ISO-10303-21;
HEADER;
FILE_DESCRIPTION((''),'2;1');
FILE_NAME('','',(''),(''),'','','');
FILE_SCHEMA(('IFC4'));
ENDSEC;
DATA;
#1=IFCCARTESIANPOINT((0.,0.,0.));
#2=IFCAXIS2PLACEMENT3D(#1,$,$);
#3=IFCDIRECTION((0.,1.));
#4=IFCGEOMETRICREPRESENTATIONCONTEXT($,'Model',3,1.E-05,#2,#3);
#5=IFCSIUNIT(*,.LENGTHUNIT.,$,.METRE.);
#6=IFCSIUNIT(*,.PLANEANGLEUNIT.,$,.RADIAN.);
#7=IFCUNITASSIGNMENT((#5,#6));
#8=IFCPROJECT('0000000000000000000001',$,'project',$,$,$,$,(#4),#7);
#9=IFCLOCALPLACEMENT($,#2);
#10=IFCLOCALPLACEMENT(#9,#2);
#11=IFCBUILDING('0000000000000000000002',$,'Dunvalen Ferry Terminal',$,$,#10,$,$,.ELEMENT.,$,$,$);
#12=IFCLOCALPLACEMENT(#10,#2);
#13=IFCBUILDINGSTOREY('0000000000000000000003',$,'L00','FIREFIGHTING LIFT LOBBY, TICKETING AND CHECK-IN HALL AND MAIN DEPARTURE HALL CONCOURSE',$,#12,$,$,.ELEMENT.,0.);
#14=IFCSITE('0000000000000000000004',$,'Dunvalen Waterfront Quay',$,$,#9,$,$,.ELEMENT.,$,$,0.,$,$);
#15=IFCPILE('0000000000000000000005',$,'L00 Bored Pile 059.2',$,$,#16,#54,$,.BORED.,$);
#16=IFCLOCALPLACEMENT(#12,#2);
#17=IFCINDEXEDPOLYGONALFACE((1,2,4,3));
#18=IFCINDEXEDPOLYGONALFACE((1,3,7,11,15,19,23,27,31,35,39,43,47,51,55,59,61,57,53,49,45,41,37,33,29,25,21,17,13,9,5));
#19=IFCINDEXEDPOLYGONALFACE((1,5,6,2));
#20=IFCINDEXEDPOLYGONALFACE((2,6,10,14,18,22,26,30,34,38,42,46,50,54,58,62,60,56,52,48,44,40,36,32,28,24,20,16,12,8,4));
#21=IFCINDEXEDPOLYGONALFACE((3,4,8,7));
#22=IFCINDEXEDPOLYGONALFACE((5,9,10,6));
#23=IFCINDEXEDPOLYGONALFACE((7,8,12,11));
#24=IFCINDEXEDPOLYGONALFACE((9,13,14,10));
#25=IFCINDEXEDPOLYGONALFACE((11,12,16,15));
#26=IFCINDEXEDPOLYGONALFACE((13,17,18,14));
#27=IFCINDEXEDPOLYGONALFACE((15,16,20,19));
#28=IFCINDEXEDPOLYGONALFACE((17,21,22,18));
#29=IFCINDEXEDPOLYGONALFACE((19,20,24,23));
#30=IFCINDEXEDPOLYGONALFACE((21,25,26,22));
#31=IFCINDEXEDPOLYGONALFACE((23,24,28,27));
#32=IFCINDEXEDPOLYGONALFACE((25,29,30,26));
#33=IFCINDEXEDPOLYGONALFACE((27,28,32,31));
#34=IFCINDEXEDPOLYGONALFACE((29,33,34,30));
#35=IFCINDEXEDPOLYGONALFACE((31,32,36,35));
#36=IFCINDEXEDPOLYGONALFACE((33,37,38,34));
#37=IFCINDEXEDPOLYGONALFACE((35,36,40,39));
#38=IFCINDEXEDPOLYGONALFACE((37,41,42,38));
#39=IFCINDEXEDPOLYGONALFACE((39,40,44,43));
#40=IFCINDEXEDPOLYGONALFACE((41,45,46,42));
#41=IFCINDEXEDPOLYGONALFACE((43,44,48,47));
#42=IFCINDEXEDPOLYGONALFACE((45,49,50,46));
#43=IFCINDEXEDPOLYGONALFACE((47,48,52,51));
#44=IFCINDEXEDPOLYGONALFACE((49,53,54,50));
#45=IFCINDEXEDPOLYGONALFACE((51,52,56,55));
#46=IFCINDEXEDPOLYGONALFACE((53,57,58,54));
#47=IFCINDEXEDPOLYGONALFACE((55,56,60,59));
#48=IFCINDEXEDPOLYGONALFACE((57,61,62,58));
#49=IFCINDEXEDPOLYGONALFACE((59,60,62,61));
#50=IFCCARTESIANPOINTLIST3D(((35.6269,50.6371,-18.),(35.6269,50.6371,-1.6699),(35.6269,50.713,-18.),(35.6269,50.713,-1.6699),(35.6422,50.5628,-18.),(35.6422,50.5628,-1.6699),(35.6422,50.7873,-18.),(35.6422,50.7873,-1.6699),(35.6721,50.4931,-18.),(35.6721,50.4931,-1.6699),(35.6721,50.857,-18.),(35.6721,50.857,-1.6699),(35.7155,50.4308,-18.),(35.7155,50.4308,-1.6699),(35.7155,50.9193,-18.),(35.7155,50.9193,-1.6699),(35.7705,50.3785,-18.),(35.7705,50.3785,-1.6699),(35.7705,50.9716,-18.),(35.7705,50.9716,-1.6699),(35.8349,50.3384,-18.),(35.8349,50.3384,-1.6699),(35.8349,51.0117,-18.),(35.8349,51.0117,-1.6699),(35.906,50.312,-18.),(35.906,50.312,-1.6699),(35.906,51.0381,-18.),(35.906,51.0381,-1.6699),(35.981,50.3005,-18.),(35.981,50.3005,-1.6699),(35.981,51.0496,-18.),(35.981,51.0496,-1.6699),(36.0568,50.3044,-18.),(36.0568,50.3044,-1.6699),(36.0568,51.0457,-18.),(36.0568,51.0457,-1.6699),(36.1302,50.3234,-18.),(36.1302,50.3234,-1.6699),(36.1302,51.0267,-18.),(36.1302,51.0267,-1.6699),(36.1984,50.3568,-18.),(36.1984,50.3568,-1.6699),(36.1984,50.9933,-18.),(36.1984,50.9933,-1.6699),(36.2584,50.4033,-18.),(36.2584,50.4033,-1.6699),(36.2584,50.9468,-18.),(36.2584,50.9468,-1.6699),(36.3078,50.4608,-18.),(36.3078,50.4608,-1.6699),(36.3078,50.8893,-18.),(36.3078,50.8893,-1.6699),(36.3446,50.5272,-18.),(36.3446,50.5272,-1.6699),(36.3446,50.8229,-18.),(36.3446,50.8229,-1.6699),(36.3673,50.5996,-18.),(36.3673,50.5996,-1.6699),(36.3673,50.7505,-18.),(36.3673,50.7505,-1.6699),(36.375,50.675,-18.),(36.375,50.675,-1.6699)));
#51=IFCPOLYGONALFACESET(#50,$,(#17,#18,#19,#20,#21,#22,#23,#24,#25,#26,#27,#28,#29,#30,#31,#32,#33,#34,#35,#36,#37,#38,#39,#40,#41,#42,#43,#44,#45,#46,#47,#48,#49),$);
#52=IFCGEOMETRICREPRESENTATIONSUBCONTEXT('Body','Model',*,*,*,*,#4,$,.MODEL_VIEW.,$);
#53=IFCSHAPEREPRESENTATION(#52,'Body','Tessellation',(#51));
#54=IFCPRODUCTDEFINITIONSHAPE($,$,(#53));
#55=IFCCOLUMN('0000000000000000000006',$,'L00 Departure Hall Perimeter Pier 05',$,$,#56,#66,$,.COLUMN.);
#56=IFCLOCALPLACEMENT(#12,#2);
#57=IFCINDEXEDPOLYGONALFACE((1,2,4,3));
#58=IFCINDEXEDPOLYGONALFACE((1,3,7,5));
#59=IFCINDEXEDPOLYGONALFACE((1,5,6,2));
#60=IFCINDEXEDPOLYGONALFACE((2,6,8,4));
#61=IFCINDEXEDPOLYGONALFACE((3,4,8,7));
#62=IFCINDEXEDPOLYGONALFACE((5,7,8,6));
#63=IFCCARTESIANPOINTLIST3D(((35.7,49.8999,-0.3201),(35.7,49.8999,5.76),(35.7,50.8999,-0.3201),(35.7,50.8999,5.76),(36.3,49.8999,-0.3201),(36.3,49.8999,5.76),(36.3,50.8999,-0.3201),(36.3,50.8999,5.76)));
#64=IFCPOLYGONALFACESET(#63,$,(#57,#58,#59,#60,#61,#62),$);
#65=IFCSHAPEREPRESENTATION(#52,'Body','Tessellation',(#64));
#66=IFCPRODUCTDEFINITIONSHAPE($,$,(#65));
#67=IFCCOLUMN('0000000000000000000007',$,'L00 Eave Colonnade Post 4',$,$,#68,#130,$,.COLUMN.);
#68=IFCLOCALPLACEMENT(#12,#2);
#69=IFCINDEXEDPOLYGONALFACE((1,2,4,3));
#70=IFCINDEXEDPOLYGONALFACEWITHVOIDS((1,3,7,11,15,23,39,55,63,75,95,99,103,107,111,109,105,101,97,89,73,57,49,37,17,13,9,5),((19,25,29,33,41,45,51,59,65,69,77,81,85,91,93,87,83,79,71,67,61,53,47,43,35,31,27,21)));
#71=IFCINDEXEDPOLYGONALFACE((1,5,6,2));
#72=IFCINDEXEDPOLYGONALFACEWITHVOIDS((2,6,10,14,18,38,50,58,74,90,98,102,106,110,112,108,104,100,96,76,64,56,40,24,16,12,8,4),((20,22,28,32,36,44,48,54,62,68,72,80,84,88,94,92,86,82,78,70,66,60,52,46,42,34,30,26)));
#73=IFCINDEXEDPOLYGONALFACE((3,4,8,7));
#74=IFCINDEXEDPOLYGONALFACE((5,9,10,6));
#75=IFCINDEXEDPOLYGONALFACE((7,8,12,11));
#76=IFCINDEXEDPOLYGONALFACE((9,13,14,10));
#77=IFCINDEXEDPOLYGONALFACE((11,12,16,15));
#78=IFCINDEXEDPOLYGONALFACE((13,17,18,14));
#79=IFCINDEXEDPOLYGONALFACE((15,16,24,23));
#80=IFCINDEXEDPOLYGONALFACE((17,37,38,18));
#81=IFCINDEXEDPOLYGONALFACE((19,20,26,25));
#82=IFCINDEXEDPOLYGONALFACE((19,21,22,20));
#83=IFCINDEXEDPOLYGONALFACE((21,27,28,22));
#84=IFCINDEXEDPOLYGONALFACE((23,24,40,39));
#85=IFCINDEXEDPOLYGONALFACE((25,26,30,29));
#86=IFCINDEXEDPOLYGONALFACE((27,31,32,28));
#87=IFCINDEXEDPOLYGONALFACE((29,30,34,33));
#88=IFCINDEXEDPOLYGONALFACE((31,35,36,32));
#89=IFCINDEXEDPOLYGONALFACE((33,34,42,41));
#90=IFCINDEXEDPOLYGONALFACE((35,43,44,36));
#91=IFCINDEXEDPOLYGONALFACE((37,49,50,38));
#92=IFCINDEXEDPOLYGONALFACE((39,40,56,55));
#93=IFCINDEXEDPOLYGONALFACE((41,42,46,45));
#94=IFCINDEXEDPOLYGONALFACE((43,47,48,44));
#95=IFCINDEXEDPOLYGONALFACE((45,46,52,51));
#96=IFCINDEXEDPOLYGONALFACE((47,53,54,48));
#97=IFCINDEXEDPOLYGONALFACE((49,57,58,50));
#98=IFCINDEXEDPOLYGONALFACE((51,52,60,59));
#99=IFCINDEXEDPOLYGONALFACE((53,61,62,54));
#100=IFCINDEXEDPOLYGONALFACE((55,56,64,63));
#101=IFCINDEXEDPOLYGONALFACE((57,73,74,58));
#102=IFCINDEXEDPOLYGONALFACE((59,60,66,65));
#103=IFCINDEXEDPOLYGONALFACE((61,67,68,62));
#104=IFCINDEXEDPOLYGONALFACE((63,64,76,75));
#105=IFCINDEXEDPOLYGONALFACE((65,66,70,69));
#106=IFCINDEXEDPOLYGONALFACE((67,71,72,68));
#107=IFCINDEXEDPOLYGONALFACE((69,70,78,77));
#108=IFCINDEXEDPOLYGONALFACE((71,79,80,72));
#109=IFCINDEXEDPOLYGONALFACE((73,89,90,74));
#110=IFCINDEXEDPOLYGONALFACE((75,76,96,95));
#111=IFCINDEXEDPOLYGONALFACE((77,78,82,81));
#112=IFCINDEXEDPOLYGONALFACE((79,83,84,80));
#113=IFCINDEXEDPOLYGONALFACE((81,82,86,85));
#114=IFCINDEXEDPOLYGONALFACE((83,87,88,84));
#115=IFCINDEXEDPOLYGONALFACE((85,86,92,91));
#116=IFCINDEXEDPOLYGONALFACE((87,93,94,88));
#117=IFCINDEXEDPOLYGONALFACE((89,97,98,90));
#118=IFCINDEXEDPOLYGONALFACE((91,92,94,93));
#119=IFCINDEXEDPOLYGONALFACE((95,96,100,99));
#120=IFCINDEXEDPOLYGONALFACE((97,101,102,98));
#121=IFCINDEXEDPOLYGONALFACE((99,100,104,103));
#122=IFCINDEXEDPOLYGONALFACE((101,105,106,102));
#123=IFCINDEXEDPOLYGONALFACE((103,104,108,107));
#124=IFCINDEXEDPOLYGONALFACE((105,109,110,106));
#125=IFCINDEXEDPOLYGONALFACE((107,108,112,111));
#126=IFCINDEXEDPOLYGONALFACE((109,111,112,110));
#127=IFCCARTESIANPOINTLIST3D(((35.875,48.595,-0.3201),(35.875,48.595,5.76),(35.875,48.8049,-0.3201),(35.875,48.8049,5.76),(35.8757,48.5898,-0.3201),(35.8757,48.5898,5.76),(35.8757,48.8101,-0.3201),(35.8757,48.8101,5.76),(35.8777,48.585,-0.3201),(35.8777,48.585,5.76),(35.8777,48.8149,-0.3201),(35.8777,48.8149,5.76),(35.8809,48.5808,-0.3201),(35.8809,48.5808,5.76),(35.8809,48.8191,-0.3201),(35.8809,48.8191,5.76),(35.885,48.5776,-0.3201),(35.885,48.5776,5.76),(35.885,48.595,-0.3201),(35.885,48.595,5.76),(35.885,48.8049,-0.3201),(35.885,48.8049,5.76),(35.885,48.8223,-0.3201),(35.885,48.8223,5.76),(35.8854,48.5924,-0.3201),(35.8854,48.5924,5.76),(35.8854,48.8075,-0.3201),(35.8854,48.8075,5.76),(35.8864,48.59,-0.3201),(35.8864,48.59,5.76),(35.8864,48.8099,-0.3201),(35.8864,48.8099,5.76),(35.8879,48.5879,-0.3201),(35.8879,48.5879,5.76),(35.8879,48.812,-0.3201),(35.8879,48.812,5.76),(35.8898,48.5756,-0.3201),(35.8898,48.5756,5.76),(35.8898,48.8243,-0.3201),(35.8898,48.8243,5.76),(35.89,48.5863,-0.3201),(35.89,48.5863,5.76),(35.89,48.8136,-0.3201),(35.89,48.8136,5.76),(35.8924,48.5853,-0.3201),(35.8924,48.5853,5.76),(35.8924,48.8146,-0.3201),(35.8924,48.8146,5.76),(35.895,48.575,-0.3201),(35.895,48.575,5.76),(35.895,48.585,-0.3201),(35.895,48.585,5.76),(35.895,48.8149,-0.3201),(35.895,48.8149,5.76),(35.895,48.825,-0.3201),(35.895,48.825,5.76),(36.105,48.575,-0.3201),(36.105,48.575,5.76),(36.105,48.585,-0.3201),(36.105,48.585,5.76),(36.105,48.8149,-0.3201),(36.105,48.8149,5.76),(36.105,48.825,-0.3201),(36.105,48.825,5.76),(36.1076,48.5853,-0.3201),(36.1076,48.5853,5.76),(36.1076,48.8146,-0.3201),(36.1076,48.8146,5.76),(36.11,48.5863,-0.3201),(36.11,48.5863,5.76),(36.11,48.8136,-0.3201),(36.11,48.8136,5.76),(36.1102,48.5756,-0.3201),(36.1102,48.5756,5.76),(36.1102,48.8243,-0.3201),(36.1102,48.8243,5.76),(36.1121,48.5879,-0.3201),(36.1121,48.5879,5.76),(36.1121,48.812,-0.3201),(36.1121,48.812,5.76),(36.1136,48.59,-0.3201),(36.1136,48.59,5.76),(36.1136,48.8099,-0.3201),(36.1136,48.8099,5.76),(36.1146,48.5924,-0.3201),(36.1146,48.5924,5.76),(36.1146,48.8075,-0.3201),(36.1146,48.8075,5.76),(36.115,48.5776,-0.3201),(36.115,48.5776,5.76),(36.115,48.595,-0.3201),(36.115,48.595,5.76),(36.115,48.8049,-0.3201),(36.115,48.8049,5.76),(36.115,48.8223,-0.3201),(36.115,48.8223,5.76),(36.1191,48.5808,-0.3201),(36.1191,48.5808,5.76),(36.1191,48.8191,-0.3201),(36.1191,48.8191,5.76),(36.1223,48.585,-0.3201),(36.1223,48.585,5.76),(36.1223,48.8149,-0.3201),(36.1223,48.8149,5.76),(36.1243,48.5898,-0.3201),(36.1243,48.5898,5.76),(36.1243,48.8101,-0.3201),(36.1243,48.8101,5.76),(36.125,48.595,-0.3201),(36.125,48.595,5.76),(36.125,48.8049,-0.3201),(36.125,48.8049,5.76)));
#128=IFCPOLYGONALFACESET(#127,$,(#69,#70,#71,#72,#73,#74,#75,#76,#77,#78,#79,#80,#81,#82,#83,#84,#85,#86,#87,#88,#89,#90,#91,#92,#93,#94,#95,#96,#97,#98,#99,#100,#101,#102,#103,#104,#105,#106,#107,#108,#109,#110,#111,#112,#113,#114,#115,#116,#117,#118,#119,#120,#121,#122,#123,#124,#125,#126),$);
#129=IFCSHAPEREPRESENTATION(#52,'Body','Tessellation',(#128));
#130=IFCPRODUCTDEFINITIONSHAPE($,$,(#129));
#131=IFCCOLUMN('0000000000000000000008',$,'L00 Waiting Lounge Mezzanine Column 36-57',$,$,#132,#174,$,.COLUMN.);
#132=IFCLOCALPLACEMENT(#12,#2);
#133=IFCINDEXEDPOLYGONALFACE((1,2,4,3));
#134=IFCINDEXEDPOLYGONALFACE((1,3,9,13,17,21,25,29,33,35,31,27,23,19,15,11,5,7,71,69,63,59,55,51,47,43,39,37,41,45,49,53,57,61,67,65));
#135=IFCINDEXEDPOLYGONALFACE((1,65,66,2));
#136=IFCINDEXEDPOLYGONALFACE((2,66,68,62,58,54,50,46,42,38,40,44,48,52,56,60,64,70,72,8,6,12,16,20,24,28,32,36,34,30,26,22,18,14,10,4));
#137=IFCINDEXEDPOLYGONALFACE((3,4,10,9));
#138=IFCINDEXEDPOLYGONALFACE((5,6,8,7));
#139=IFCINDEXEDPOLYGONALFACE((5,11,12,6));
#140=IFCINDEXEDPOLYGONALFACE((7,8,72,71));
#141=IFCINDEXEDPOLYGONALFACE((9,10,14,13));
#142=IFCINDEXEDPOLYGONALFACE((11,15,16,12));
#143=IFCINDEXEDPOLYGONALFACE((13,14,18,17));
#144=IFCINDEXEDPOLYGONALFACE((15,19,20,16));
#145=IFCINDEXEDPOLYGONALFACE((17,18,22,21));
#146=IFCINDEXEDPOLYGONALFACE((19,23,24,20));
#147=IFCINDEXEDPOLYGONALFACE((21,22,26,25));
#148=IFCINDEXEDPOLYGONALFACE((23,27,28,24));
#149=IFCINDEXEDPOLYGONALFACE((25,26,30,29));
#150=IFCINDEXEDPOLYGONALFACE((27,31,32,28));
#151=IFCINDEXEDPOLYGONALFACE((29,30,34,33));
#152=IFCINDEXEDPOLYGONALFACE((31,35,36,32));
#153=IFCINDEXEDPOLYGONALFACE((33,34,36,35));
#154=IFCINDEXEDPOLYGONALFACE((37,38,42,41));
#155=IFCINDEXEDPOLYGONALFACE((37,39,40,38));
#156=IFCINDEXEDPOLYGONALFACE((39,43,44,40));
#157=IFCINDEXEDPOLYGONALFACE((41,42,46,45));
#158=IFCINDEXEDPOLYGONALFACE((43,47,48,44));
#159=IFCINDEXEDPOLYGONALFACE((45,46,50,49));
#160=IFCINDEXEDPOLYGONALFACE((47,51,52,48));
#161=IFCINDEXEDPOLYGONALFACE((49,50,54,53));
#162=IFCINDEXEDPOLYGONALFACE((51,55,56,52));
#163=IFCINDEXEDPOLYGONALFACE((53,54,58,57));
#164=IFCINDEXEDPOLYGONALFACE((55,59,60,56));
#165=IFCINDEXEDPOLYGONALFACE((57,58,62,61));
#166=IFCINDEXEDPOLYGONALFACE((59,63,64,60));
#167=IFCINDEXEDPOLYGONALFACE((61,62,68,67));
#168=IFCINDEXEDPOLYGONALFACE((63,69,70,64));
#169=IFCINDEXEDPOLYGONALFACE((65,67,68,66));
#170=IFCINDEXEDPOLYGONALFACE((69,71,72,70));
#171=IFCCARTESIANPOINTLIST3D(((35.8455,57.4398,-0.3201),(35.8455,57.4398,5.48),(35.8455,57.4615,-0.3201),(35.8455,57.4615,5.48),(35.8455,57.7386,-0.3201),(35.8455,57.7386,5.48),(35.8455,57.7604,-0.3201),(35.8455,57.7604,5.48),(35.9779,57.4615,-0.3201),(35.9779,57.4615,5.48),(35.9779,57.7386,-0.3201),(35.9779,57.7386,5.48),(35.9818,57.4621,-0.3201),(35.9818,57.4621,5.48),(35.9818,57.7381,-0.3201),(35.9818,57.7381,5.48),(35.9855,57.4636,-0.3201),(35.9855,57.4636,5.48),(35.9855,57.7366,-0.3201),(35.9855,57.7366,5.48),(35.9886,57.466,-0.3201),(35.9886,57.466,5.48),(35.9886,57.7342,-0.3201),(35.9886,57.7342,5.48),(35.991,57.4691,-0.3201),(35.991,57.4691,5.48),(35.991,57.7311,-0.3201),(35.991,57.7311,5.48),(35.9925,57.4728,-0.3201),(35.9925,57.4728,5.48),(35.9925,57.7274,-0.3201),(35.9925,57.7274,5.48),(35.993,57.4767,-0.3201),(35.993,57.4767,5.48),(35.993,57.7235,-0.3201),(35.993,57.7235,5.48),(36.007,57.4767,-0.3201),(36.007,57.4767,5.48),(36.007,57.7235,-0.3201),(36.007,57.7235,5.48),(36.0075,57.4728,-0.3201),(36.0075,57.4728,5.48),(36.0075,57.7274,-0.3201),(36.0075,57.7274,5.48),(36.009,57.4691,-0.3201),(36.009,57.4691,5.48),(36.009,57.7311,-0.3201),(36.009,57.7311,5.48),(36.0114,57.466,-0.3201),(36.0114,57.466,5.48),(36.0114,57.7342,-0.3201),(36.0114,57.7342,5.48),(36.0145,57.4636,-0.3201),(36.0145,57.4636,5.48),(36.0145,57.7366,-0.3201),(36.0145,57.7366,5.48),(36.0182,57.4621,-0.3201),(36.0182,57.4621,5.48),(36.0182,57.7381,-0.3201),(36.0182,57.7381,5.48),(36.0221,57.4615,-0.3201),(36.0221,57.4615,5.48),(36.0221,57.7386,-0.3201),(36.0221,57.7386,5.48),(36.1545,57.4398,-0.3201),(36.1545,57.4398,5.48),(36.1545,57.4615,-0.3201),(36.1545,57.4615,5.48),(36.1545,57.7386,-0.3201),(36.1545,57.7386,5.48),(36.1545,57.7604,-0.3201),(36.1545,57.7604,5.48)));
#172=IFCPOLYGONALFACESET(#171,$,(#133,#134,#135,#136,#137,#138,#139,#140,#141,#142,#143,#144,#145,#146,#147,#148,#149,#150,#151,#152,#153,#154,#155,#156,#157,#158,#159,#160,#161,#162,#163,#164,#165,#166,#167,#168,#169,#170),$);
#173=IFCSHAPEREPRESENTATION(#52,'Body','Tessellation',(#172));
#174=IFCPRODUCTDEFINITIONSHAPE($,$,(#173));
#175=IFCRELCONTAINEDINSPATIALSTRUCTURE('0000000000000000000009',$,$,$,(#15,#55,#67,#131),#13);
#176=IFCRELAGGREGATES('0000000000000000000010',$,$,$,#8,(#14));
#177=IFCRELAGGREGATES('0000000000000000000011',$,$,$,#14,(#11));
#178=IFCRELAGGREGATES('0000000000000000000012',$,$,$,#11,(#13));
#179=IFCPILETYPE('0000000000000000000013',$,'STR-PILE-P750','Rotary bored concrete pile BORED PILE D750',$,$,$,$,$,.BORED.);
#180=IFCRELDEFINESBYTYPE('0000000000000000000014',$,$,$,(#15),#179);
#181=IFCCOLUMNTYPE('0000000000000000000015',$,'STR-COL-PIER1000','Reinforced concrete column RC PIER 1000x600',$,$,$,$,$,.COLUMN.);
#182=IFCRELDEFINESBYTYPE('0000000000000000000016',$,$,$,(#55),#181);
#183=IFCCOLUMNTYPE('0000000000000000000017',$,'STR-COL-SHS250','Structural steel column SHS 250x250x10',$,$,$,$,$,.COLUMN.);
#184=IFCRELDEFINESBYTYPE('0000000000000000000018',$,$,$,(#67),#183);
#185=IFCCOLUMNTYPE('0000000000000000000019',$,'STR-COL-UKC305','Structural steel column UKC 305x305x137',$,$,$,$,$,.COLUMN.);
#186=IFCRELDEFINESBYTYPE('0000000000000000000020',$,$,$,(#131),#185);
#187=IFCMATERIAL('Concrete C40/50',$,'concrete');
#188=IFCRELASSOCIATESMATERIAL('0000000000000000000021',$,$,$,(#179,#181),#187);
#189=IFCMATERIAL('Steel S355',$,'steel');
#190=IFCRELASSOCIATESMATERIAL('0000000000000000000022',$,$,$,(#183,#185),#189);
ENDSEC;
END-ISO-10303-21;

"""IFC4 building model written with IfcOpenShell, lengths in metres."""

from ifc_helpers import new_model, si_unit, direction, frame, origin, origin_2d, place, context, subcontext, project, spatial, rectangle, hollow_rectangle, circle, i_section, extrude, material, material_profile, profile_set, type_object, element, save


model = new_model("IFC4")

# Units and contexts
model_context = context("Model", 3, precision=1e-05, world=origin(), true_north=direction((0.0, 1.0)))
body_context = subcontext(model_context, "Body", "Model", "MODEL_VIEW")
ifc_project = project(units=[si_unit("LENGTHUNIT", "METRE"), si_unit("PLANEANGLEUNIT", "RADIAN")], contexts=[model_context])

# Site, building, storey
site_placement = place(None, origin())
site = spatial("IfcSite", under=ifc_project, at=site_placement, Name="Dunvalen Waterfront Quay", CompositionType="ELEMENT", RefElevation=0.0)
building_placement = place(site_placement, origin())
building = spatial("IfcBuilding", under=site, at=building_placement, Name="Dunvalen Ferry Terminal", CompositionType="ELEMENT")
storey_placement = place(building_placement, origin())
storey = spatial("IfcBuildingStorey", under=building, at=storey_placement, Name="L00", Description="FIREFIGHTING LIFT LOBBY, TICKETING AND CHECK-IN HALL AND MAIN DEPARTURE HALL CONCOURSE", CompositionType="ELEMENT", Elevation=0.0)

# Shared definitions
ifc_material_1 = material(Name="Concrete C40/50", Category="concrete")

# Pile
ifc_material_profile_1 = material_profile(ifc_material_1, circle(Radius=0.375, at=origin_2d()), Name="Concrete C40/50")
ifc_profile_set_1 = profile_set([ifc_material_profile_1], Name="Concrete C40/50")
pile_type_1 = type_object("IfcPileType", Name="STR-PILE-P750", Description="Rotary bored concrete pile BORED PILE D750", PredefinedType="BORED", material=ifc_profile_set_1)
for number, where, z_axis, x_axis, name in (
    (1, (36.0, 50.675, -1.6699), (0.0, 0.0, -1.0), (1.0, 0.0, 0.0), "L00 Bored Pile 059.2"),
):
    element("IfcPile", number, at=place(storey_placement, frame(where, z_axis=z_axis, x_axis=x_axis)), inside=storey, type_object=pile_type_1, Name=name, PredefinedType="BORED", context=body_context, shape_type="SweptSolid", body=[
        extrude(circle(Radius=0.375, at=origin_2d()), origin(), (0.0, 0.0, 1.0), 16.3301),
    ])

# Columns
ifc_material_profile_2 = material_profile(ifc_material_1, rectangle(XDim=0.6001, YDim=1.0, at=origin_2d()), Name="Concrete C40/50")
ifc_profile_set_2 = profile_set([ifc_material_profile_2], Name="Concrete C40/50")
column_type_1 = type_object("IfcColumnType", Name="STR-COL-PIER1000", Description="Reinforced concrete column RC PIER 1000x600", PredefinedType="COLUMN", material=ifc_profile_set_2)
column_1_placement = place(storey_placement, frame((36.0, 50.3999, -0.3201), z_axis=(0.0, 0.0, 1.0), x_axis=(1.0, 0.0, 0.0)))
element("IfcColumn", 2, at=column_1_placement, inside=storey, type_object=column_type_1, Name="L00 Departure Hall Perimeter Pier 05", PredefinedType="COLUMN", context=body_context, shape_type="SweptSolid", body=[
    extrude(rectangle(XDim=0.6001, YDim=1.0, at=origin_2d()), origin(), (0.0, 0.0, 1.0), 6.0801),
])
ifc_material_2 = material(Name="Steel S355", Category="steel")
ifc_material_profile_3 = material_profile(ifc_material_2, hollow_rectangle(XDim=0.25, YDim=0.25, WallThickness=0.01, InnerFilletRadius=0.01, OuterFilletRadius=0.02, at=origin_2d()), Name="Steel S355")
ifc_profile_set_3 = profile_set([ifc_material_profile_3], Name="Steel S355")
column_type_2 = type_object("IfcColumnType", Name="STR-COL-SHS250", Description="Structural steel column SHS 250x250x10", PredefinedType="COLUMN", material=ifc_profile_set_3)
column_2_placement = place(storey_placement, frame((36.0, 48.7, -0.3201), z_axis=(0.0, 0.0, 1.0), x_axis=(1.0, 0.0, 0.0)))
element("IfcColumn", 3, at=column_2_placement, inside=storey, type_object=column_type_2, Name="L00 Eave Colonnade Post 4", PredefinedType="COLUMN", context=body_context, shape_type="SweptSolid", body=[
    extrude(hollow_rectangle(XDim=0.25, YDim=0.25, WallThickness=0.01, InnerFilletRadius=0.01, OuterFilletRadius=0.02, at=origin_2d()), origin(), (0.0, 0.0, 1.0), 6.0801),
])
ifc_material_profile_4 = material_profile(ifc_material_2, i_section(OverallWidth=0.3091, OverallDepth=0.3206, WebThickness=0.0139, FlangeThickness=0.0217, FilletRadius=0.0151, at=origin_2d()), Name="Steel S355")
ifc_profile_set_4 = profile_set([ifc_material_profile_4], Name="Steel S355")
column_type_3 = type_object("IfcColumnType", Name="STR-COL-UKC305", Description="Structural steel column UKC 305x305x137", PredefinedType="COLUMN", material=ifc_profile_set_4)
column_3_placement = place(storey_placement, frame((36.0, 57.6001, -0.3201), z_axis=(0.0, 0.0, 1.0), x_axis=(1.0, 0.0, 0.0)))
element("IfcColumn", 4, at=column_3_placement, inside=storey, type_object=column_type_3, Name="L00 Waiting Lounge Mezzanine Column 36-57", PredefinedType="COLUMN", context=body_context, shape_type="SweptSolid", body=[
    extrude(i_section(OverallWidth=0.3091, OverallDepth=0.3206, WebThickness=0.0139, FlangeThickness=0.0217, FilletRadius=0.0151, at=origin_2d()), origin(), (0.0, 0.0, 1.0), 5.8),
])

save(model, "model.ifc")
